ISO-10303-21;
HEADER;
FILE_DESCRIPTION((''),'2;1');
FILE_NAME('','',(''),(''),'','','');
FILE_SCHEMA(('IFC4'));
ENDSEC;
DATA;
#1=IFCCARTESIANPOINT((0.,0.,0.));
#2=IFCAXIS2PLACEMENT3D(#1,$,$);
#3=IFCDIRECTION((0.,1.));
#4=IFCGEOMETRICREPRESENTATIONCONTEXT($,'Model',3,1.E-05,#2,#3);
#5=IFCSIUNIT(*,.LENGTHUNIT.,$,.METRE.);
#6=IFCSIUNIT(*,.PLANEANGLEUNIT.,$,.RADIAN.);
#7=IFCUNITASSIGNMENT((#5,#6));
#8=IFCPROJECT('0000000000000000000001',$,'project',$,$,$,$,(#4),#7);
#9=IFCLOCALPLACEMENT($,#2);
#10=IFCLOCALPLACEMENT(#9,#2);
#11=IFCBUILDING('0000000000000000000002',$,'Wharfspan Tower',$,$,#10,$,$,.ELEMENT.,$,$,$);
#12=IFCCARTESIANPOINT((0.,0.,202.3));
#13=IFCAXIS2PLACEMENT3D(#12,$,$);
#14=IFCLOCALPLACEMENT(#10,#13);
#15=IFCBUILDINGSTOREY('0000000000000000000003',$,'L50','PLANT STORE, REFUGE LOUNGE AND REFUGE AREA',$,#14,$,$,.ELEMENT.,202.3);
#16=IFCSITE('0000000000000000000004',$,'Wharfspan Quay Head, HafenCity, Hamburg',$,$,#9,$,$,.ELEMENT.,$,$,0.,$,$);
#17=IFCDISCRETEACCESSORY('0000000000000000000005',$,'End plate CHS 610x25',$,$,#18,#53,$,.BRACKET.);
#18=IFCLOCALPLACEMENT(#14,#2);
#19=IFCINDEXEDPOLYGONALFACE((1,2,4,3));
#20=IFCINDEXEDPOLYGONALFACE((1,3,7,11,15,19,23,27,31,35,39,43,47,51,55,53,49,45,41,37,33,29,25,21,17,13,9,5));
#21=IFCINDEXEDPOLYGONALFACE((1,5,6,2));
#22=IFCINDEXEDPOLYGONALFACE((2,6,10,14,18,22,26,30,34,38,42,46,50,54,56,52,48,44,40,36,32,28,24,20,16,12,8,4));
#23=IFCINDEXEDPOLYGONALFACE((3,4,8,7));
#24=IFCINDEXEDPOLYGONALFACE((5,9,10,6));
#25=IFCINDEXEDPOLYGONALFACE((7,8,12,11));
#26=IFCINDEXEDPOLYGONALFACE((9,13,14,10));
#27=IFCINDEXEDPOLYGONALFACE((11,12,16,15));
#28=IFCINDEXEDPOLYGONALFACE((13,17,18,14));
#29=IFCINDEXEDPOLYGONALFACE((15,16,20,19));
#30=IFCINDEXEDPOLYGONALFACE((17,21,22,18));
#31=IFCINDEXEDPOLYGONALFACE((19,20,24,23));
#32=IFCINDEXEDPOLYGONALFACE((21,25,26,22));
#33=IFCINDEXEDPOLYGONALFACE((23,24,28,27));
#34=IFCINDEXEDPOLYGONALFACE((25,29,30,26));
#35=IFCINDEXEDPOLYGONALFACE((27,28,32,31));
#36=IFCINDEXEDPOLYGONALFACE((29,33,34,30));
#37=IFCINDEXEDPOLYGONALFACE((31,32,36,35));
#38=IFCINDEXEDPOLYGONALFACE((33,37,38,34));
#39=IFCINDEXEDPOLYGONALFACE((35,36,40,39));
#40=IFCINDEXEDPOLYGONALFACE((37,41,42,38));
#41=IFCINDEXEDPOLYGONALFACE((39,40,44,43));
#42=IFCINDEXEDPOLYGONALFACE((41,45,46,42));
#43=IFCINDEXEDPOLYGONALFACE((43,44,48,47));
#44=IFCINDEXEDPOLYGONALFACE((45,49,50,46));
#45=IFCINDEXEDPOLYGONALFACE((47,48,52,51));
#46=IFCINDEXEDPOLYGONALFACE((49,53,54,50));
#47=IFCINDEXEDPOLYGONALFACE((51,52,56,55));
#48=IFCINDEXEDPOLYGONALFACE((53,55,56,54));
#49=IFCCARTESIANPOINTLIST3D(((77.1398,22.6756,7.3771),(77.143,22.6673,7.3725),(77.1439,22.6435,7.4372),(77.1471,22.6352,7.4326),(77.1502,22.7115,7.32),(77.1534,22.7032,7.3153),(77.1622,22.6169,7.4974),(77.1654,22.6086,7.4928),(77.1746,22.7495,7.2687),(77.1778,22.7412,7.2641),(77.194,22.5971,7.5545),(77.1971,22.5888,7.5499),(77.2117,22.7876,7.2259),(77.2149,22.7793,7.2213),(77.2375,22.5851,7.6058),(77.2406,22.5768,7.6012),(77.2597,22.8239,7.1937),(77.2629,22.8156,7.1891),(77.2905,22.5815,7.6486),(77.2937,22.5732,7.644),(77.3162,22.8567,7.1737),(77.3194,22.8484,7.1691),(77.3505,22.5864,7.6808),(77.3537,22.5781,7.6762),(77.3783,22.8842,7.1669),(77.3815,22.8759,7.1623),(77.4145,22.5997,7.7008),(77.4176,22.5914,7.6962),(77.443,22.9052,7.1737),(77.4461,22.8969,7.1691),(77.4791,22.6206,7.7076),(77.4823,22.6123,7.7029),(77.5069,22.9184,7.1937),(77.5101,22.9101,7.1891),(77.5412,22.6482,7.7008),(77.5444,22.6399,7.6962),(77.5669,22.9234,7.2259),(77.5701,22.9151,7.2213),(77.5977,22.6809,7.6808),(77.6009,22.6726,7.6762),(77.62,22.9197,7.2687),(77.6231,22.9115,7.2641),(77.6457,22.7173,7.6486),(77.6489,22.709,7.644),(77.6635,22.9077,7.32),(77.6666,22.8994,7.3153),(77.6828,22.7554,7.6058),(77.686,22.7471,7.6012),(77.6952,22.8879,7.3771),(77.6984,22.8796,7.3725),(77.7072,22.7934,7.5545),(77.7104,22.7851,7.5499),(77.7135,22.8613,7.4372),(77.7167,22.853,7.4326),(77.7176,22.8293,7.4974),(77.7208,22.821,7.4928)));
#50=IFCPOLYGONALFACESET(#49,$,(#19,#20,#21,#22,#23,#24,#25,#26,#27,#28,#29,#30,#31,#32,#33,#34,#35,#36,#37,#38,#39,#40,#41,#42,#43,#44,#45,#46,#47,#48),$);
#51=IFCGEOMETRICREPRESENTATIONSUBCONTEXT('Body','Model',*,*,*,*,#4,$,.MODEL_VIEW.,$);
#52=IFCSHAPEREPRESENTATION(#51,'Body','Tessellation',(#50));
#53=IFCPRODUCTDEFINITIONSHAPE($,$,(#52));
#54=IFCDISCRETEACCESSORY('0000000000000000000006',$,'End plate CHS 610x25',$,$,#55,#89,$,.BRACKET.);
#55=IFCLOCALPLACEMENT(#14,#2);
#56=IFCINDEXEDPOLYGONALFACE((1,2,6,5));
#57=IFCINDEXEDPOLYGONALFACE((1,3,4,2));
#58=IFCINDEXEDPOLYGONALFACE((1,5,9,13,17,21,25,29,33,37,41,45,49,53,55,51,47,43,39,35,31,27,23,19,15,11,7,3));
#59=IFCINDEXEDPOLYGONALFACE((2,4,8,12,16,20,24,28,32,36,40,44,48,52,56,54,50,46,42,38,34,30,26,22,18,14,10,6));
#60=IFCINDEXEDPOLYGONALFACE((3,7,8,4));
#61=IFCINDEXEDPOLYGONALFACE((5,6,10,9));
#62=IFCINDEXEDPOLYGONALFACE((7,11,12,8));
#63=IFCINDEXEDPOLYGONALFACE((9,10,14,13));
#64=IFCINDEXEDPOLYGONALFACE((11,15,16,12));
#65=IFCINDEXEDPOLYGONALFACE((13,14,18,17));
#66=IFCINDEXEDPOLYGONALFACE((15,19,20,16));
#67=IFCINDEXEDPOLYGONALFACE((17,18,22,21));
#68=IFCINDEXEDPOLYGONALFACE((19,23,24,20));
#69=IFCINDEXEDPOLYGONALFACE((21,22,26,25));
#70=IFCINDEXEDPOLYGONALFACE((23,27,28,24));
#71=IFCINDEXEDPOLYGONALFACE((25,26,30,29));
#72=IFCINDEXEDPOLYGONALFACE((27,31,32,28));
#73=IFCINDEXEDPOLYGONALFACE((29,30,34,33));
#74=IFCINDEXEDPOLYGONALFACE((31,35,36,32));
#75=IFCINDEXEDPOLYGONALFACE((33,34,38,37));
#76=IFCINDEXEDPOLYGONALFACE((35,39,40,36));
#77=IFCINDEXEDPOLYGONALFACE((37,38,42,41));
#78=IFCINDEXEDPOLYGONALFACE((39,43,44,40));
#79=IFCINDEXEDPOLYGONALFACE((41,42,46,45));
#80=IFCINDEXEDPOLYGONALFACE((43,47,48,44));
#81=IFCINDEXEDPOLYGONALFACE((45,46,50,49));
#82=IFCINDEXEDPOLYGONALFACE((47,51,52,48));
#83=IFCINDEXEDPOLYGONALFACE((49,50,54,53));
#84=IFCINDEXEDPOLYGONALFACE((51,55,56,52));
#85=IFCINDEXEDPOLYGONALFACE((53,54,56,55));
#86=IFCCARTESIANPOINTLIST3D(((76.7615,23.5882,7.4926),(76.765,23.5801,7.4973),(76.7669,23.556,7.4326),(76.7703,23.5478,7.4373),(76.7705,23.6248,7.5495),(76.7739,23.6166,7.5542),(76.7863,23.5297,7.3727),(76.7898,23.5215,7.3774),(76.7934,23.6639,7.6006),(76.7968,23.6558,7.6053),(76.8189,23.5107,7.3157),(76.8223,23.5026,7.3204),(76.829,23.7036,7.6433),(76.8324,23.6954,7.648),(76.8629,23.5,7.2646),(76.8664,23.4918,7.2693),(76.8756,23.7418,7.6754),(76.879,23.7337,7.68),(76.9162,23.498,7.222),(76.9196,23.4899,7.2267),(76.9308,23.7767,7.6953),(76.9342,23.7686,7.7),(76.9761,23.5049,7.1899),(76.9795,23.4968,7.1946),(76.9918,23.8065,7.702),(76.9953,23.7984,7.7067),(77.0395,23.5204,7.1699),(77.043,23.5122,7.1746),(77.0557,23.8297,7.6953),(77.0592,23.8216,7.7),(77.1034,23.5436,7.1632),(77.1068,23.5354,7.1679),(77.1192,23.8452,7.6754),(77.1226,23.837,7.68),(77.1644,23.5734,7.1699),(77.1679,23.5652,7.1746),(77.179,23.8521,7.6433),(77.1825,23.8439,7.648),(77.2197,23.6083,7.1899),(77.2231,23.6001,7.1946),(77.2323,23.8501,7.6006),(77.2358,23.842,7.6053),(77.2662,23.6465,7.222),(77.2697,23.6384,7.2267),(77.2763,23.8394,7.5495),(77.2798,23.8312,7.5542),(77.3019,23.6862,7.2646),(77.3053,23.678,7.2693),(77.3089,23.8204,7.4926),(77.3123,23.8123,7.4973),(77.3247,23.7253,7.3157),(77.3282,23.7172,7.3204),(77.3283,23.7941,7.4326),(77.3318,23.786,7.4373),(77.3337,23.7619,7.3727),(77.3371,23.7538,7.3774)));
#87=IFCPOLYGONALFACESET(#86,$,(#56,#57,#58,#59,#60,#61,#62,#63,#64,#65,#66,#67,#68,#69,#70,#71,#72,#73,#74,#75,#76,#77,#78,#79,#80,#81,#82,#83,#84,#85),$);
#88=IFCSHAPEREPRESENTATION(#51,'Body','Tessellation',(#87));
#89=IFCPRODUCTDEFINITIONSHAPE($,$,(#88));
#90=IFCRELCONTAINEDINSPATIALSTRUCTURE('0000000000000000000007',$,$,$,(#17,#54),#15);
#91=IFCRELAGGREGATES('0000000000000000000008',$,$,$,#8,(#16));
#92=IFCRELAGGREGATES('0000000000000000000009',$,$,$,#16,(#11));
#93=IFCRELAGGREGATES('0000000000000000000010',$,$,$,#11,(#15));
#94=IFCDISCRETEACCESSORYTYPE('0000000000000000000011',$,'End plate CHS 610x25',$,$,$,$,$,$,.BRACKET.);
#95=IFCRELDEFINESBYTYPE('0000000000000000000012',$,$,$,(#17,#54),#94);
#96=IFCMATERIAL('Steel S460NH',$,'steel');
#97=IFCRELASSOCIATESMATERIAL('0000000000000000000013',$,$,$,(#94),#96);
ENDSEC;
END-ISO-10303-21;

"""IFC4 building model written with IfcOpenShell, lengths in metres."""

from ifc_helpers import new_model, si_unit, direction, frame, origin, origin_2d, place, context, subcontext, project, spatial, circle, extrude, material, material_profile, profile_set, type_object, element, save


model = new_model("IFC4")

# Units and contexts
model_context = context("Model", 3, precision=1e-05, world=origin(), true_north=direction((0.0, 1.0)))
body_context = subcontext(model_context, "Body", "Model", "MODEL_VIEW")
ifc_project = project(units=[si_unit("LENGTHUNIT", "METRE"), si_unit("PLANEANGLEUNIT", "RADIAN")], contexts=[model_context])

# Site, building, storey
site_placement = place(None, origin())
site = spatial("IfcSite", under=ifc_project, at=site_placement, Name="Wharfspan Quay Head, HafenCity, Hamburg", CompositionType="ELEMENT", RefElevation=0.0)
building_placement = place(site_placement, origin())
building = spatial("IfcBuilding", under=site, at=building_placement, Name="Wharfspan Tower", CompositionType="ELEMENT")
storey_placement = place(building_placement, frame((0.0, 0.0, 202.3)))
storey = spatial("IfcBuildingStorey", under=building, at=storey_placement, Name="L50", Description="PLANT STORE, REFUGE LOUNGE AND REFUGE AREA", CompositionType="ELEMENT", Elevation=202.3)

# Shared definitions
ifc_material_1 = material(Name="Steel S460NH", Category="steel")

# Discrete accessories
ifc_material_profile_1 = material_profile(ifc_material_1, circle(Radius=0.3049, at=origin_2d()))
ifc_profile_set_1 = profile_set([ifc_material_profile_1], Name="Steel S460NH")
discrete_accessory_type_1 = type_object("IfcDiscreteAccessoryType", Name="End plate CHS 610x25", PredefinedType="BRACKET", material=ifc_profile_set_1)
for number, where, z_axis, x_axis, name in (
    (1, (77.4319, 22.7441, 7.4326), (-0.316603, 0.828038, 0.462727), (-0.934054, -0.357138, -0.000001), "End plate CHS 610x25"),
    (2, (77.0476, 23.675, 7.4326), (0.345075, -0.81339, 0.468316), (0.920586, 0.390551, -0.000002), "End plate CHS 610x25"),
):
    element("IfcDiscreteAccessory", number, at=place(storey_placement, frame(where, z_axis=z_axis, x_axis=x_axis)), inside=storey, type_object=discrete_accessory_type_1, Name=name, PredefinedType="BRACKET", context=body_context, shape_type="SweptSolid", body=[
        extrude(circle(Radius=0.3049, at=origin_2d()), origin(), (0.0, 0.0, 1.0), 0.01),
    ])

save(model, "model.ifc")
